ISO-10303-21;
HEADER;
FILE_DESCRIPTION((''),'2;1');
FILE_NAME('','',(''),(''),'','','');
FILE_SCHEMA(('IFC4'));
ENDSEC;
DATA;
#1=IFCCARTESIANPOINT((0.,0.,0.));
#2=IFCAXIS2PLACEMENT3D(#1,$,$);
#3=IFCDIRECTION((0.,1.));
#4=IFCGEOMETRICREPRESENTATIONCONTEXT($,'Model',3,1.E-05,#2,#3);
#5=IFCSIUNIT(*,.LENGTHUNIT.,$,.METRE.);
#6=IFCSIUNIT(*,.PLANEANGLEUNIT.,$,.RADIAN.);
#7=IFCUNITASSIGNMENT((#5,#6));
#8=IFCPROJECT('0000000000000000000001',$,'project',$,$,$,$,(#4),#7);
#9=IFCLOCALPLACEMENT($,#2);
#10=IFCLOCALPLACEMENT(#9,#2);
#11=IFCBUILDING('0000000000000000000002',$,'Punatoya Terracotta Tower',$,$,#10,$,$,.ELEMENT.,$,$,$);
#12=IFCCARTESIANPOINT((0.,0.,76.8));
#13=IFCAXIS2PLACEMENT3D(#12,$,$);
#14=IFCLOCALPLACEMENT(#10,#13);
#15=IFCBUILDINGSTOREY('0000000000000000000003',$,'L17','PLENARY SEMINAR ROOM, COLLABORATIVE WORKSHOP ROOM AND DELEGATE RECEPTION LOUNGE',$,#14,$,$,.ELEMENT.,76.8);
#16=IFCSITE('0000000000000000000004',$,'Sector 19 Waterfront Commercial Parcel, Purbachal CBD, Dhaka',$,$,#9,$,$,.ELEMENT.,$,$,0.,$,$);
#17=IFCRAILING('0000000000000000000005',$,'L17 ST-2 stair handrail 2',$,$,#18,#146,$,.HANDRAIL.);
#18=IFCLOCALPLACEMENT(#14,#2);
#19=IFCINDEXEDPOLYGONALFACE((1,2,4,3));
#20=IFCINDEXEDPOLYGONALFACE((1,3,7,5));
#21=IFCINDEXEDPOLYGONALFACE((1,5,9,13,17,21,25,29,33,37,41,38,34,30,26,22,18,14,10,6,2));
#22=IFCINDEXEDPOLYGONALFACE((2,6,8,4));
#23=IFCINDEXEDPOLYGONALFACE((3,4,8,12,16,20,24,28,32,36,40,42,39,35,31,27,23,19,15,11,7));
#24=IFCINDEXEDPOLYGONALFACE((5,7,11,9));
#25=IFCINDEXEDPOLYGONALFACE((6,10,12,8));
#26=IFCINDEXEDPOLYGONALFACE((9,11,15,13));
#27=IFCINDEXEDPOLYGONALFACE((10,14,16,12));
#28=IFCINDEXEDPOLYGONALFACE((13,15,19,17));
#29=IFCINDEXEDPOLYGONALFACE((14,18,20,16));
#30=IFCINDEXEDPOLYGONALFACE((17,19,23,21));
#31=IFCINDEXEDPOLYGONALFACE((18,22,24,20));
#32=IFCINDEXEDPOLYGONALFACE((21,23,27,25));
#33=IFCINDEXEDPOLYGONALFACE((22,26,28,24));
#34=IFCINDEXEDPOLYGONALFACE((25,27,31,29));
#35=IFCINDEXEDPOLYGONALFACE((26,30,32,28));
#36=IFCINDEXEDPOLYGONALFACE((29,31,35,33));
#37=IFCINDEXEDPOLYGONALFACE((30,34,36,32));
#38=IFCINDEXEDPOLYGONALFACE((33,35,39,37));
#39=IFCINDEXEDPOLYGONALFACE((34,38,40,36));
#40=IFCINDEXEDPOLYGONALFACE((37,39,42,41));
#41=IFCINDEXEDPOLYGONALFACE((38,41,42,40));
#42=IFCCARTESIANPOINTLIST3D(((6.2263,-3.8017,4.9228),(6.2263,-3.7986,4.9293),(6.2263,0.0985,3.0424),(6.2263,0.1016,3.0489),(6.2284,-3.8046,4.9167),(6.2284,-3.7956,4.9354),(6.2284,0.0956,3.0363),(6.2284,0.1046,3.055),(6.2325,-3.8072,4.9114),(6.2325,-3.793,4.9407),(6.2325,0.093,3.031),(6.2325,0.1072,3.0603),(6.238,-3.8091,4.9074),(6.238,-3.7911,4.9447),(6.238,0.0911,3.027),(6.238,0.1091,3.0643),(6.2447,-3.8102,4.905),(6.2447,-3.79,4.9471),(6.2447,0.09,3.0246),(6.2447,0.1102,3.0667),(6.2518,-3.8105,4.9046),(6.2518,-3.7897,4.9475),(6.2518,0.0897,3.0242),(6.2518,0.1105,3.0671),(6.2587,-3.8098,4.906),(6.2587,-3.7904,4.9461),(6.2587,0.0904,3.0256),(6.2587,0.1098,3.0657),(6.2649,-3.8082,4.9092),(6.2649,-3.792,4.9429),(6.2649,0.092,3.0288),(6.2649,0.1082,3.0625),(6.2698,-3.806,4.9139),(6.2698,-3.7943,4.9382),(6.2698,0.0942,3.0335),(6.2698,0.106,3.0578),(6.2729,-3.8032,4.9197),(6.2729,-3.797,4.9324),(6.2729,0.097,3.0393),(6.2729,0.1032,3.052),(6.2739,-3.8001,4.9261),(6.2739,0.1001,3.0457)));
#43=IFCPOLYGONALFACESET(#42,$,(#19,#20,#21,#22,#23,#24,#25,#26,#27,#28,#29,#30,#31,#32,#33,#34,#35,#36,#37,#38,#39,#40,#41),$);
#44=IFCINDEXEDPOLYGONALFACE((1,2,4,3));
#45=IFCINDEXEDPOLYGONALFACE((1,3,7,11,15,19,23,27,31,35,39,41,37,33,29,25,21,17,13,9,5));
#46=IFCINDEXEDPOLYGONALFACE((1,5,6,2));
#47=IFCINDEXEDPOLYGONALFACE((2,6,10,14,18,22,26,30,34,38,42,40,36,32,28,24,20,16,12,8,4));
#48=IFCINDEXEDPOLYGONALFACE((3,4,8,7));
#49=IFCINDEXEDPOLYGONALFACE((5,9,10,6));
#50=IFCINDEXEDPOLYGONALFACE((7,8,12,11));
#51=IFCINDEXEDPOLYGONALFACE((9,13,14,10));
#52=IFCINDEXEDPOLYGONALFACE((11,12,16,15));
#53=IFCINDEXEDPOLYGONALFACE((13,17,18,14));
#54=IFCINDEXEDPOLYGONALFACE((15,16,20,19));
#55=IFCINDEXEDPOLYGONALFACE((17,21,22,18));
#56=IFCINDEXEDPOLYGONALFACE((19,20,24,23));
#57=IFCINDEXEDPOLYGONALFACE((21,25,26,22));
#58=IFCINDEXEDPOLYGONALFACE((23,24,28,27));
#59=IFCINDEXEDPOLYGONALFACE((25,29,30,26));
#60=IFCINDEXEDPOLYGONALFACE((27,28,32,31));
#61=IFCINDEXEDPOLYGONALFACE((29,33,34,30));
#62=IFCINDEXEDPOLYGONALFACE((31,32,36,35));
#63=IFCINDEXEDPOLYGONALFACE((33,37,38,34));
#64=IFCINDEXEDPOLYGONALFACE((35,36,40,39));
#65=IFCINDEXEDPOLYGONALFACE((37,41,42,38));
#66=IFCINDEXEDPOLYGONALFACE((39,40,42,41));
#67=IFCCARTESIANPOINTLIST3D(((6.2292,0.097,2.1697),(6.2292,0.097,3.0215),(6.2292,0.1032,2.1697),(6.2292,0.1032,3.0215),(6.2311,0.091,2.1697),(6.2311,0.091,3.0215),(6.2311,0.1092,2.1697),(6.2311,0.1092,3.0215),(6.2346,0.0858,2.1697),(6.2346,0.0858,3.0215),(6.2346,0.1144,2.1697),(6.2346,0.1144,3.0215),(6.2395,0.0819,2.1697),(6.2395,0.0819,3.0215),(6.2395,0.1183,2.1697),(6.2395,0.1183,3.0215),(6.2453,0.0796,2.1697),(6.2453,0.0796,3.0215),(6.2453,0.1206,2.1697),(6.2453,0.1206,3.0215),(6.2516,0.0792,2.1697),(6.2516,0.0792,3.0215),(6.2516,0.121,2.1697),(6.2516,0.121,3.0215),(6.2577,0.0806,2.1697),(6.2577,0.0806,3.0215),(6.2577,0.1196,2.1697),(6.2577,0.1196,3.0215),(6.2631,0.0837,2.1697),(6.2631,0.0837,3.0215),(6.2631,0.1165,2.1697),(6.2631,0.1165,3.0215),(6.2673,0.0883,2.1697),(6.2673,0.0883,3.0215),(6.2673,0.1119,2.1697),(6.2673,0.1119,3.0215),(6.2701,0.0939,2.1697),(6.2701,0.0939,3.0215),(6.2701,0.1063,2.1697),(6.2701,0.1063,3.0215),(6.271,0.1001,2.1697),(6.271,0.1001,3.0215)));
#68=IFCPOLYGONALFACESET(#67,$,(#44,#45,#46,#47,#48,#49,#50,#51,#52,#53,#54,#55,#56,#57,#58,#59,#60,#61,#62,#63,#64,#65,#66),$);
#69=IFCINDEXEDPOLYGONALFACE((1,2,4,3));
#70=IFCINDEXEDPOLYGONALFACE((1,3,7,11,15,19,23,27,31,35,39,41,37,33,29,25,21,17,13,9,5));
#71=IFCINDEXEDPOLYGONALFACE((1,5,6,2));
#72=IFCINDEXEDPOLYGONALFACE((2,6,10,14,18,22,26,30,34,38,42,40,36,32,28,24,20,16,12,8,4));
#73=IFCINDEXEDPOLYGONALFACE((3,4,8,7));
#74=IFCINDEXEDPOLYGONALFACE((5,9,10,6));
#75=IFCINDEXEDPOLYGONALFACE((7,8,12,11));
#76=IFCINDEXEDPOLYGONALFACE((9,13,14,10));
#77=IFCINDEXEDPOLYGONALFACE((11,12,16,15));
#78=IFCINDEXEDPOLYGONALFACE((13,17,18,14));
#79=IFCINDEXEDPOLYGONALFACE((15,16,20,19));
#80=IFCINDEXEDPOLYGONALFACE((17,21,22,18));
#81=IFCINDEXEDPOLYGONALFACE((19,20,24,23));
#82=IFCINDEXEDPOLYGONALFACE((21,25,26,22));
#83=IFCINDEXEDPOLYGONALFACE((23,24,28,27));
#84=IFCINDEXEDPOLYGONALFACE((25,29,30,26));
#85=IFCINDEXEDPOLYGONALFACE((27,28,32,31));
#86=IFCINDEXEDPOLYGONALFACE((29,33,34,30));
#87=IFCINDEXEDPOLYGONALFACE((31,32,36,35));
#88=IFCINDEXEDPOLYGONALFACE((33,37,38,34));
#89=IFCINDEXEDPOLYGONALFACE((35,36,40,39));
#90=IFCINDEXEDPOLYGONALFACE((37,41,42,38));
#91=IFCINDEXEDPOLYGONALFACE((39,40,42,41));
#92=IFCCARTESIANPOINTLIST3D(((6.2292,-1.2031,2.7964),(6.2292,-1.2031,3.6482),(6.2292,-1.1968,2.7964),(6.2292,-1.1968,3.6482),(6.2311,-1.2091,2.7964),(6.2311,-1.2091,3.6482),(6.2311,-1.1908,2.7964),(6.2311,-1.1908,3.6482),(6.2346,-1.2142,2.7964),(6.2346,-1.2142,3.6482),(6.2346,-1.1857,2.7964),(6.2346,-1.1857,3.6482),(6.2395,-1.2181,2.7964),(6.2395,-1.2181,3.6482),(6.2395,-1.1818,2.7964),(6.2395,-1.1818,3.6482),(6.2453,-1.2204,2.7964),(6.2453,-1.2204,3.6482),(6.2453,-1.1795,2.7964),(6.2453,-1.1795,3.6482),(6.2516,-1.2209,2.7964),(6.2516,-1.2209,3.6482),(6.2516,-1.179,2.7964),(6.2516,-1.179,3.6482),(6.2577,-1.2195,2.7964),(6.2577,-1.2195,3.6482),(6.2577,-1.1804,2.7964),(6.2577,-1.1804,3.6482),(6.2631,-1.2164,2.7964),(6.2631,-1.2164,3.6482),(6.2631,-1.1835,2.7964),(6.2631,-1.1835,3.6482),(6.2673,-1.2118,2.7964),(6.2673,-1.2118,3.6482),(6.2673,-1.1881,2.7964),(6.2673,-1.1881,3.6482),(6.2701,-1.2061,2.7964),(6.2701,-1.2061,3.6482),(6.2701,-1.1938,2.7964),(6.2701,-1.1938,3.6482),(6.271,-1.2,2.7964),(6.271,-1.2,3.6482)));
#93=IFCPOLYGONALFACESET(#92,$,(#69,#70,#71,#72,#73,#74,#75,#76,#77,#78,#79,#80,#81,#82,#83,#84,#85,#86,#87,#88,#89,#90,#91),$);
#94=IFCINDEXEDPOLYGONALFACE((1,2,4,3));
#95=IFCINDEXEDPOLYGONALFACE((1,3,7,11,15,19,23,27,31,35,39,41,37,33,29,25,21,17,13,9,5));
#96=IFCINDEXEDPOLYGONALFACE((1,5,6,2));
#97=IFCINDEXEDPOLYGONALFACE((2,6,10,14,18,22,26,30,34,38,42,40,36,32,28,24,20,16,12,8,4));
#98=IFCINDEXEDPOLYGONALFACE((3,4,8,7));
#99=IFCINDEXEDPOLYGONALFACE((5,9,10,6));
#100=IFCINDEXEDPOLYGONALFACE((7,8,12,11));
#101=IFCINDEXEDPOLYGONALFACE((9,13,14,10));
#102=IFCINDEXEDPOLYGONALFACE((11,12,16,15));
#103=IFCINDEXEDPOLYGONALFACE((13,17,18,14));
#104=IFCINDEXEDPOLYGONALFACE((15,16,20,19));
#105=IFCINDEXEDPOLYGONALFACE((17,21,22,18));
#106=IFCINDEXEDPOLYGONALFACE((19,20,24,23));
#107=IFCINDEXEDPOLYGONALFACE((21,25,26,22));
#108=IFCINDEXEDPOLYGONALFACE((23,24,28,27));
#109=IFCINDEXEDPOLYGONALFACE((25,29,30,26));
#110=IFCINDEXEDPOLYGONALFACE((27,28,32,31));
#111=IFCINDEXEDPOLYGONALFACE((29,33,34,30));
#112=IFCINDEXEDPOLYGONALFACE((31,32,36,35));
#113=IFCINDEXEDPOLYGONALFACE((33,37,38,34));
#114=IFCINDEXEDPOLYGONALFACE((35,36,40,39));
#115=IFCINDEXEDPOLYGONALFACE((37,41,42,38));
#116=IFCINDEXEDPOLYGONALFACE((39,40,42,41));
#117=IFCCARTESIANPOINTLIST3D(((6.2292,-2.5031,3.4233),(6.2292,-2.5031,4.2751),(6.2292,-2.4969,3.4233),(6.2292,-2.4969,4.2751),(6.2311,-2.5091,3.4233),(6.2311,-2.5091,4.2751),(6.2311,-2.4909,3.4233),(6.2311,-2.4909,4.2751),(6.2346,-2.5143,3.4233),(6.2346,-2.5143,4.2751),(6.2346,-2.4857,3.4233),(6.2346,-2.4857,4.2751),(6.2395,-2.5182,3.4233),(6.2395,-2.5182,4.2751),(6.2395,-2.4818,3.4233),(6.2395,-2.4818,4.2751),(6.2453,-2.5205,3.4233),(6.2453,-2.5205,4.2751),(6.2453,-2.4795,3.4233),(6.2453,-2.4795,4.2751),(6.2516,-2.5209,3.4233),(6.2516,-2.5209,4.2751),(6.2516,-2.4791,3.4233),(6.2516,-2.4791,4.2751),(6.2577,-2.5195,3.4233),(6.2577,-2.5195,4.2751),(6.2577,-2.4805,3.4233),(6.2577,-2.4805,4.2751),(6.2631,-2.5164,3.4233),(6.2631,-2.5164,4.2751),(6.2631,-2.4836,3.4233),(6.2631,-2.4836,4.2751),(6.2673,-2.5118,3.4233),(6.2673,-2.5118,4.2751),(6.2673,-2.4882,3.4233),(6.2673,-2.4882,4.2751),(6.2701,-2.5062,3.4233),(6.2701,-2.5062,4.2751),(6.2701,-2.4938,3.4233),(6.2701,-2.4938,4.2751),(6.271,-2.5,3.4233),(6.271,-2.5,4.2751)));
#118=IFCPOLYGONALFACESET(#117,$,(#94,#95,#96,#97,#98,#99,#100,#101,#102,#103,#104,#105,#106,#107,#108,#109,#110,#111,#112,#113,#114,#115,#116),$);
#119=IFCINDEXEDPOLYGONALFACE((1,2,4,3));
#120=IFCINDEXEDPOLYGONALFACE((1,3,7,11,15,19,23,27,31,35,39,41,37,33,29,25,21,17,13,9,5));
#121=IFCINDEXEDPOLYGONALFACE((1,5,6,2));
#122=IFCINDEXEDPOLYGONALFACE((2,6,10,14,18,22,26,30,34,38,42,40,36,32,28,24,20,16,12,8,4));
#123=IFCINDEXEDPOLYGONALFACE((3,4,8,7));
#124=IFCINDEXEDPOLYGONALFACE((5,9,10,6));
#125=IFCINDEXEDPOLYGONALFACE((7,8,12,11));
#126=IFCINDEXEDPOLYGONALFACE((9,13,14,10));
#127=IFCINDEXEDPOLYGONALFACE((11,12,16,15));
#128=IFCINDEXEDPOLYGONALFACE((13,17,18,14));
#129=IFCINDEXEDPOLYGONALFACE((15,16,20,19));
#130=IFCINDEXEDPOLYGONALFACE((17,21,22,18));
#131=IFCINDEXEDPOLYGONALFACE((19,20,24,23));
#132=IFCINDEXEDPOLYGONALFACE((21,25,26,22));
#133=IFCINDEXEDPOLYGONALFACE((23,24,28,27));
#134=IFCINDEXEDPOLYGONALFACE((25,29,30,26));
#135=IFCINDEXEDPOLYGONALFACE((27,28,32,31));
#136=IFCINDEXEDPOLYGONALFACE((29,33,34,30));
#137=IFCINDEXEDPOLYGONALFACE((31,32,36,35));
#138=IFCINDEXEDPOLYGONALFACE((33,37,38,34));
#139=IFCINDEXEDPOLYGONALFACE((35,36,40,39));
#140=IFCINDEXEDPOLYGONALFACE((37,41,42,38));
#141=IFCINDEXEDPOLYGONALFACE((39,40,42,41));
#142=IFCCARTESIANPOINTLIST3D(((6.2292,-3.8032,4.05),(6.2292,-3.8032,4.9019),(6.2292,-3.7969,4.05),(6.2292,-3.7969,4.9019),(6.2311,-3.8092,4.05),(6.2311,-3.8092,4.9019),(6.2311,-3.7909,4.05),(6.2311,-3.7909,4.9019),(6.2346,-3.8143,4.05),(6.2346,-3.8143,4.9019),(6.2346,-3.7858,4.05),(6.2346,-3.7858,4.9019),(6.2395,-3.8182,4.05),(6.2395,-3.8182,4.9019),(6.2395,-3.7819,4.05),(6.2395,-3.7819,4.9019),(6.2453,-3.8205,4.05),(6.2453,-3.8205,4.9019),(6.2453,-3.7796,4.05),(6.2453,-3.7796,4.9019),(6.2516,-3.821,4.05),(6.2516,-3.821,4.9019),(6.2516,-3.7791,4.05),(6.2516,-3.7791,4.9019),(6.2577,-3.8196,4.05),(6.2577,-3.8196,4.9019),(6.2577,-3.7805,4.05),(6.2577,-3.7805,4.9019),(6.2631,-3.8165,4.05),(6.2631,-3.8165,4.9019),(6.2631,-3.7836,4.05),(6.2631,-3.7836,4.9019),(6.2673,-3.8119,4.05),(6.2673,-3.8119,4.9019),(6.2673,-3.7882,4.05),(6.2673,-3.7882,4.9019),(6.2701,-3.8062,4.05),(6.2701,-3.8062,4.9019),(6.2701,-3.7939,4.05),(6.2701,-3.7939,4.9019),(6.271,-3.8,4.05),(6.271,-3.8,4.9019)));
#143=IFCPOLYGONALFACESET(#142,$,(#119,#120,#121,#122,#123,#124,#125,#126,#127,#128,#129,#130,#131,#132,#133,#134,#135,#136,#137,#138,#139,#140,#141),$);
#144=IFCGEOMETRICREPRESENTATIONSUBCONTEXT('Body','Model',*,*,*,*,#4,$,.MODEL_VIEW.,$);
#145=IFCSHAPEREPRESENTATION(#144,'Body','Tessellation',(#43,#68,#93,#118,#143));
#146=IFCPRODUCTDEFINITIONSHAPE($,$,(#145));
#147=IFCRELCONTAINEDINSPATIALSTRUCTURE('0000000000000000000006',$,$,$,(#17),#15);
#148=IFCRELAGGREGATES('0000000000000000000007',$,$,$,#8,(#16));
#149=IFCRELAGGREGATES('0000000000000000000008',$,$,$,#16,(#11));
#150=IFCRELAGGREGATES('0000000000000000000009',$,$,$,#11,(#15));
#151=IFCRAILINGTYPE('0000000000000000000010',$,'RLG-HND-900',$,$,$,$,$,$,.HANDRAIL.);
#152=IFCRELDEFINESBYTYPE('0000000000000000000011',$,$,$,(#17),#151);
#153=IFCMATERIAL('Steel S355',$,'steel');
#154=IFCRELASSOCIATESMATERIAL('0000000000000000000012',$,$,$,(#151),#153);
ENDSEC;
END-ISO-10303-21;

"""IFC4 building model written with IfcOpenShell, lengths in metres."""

from ifc_helpers import new_model, si_unit, direction, frame, origin, origin_2d, place, context, subcontext, project, spatial, circle, extrude, material, type_object, element, save


model = new_model("IFC4")

# Units and contexts
model_context = context("Model", 3, precision=1e-05, world=origin(), true_north=direction((0.0, 1.0)))
body_context = subcontext(model_context, "Body", "Model", "MODEL_VIEW")
ifc_project = project(units=[si_unit("LENGTHUNIT", "METRE"), si_unit("PLANEANGLEUNIT", "RADIAN")], contexts=[model_context])

# Site, building, storey
site_placement = place(None, origin())
site = spatial("IfcSite", under=ifc_project, at=site_placement, Name="Sector 19 Waterfront Commercial Parcel, Purbachal CBD, Dhaka", CompositionType="ELEMENT", RefElevation=0.0)
building_placement = place(site_placement, origin())
building = spatial("IfcBuilding", under=site, at=building_placement, Name="Punatoya Terracotta Tower", CompositionType="ELEMENT")
storey_placement = place(building_placement, frame((0.0, 0.0, 76.8)))
storey = spatial("IfcBuildingStorey", under=building, at=storey_placement, Name="L17", Description="PLENARY SEMINAR ROOM, COLLABORATIVE WORKSHOP ROOM AND DELEGATE RECEPTION LOUNGE", CompositionType="ELEMENT", Elevation=76.8)

# Shared definitions
ifc_material_1 = material(Name="Steel S355", Category="steel")

# Railing
railing_type_1 = type_object("IfcRailingType", Name="RLG-HND-900", PredefinedType="HANDRAIL", material=ifc_material_1)
railing_1_placement = place(storey_placement, frame((6.25, 0.1001, 2.1697)))
element("IfcRailing", 1, at=railing_1_placement, inside=storey, type_object=railing_type_1, Name="L17 ST-2 stair handrail 2", PredefinedType="HANDRAIL", context=body_context, shape_type="SweptSolid", body=[
    extrude(circle(Radius=0.0239, at=origin_2d()), frame((0.0, 0.0, 0.876), z_axis=(0.0, -0.900774, 0.434289), x_axis=(1.0, 0.0, 0.0)), (0.0, 0.0, 1.0), 4.3298),
    extrude(circle(Radius=0.021, at=origin_2d()), origin(), (0.0, 0.0, 1.0), 0.8518),
    extrude(circle(Radius=0.021, at=origin_2d()), frame((0.0, -1.3, 0.6267)), (0.0, 0.0, 1.0), 0.8518),
    extrude(circle(Radius=0.021, at=origin_2d()), frame((0.0, -2.6001, 1.2537)), (0.0, 0.0, 1.0), 0.8518),
    extrude(circle(Radius=0.021, at=origin_2d()), frame((0.0, -3.9001, 1.8804)), (0.0, 0.0, 1.0), 0.8518),
])

save(model, "model.ifc")
